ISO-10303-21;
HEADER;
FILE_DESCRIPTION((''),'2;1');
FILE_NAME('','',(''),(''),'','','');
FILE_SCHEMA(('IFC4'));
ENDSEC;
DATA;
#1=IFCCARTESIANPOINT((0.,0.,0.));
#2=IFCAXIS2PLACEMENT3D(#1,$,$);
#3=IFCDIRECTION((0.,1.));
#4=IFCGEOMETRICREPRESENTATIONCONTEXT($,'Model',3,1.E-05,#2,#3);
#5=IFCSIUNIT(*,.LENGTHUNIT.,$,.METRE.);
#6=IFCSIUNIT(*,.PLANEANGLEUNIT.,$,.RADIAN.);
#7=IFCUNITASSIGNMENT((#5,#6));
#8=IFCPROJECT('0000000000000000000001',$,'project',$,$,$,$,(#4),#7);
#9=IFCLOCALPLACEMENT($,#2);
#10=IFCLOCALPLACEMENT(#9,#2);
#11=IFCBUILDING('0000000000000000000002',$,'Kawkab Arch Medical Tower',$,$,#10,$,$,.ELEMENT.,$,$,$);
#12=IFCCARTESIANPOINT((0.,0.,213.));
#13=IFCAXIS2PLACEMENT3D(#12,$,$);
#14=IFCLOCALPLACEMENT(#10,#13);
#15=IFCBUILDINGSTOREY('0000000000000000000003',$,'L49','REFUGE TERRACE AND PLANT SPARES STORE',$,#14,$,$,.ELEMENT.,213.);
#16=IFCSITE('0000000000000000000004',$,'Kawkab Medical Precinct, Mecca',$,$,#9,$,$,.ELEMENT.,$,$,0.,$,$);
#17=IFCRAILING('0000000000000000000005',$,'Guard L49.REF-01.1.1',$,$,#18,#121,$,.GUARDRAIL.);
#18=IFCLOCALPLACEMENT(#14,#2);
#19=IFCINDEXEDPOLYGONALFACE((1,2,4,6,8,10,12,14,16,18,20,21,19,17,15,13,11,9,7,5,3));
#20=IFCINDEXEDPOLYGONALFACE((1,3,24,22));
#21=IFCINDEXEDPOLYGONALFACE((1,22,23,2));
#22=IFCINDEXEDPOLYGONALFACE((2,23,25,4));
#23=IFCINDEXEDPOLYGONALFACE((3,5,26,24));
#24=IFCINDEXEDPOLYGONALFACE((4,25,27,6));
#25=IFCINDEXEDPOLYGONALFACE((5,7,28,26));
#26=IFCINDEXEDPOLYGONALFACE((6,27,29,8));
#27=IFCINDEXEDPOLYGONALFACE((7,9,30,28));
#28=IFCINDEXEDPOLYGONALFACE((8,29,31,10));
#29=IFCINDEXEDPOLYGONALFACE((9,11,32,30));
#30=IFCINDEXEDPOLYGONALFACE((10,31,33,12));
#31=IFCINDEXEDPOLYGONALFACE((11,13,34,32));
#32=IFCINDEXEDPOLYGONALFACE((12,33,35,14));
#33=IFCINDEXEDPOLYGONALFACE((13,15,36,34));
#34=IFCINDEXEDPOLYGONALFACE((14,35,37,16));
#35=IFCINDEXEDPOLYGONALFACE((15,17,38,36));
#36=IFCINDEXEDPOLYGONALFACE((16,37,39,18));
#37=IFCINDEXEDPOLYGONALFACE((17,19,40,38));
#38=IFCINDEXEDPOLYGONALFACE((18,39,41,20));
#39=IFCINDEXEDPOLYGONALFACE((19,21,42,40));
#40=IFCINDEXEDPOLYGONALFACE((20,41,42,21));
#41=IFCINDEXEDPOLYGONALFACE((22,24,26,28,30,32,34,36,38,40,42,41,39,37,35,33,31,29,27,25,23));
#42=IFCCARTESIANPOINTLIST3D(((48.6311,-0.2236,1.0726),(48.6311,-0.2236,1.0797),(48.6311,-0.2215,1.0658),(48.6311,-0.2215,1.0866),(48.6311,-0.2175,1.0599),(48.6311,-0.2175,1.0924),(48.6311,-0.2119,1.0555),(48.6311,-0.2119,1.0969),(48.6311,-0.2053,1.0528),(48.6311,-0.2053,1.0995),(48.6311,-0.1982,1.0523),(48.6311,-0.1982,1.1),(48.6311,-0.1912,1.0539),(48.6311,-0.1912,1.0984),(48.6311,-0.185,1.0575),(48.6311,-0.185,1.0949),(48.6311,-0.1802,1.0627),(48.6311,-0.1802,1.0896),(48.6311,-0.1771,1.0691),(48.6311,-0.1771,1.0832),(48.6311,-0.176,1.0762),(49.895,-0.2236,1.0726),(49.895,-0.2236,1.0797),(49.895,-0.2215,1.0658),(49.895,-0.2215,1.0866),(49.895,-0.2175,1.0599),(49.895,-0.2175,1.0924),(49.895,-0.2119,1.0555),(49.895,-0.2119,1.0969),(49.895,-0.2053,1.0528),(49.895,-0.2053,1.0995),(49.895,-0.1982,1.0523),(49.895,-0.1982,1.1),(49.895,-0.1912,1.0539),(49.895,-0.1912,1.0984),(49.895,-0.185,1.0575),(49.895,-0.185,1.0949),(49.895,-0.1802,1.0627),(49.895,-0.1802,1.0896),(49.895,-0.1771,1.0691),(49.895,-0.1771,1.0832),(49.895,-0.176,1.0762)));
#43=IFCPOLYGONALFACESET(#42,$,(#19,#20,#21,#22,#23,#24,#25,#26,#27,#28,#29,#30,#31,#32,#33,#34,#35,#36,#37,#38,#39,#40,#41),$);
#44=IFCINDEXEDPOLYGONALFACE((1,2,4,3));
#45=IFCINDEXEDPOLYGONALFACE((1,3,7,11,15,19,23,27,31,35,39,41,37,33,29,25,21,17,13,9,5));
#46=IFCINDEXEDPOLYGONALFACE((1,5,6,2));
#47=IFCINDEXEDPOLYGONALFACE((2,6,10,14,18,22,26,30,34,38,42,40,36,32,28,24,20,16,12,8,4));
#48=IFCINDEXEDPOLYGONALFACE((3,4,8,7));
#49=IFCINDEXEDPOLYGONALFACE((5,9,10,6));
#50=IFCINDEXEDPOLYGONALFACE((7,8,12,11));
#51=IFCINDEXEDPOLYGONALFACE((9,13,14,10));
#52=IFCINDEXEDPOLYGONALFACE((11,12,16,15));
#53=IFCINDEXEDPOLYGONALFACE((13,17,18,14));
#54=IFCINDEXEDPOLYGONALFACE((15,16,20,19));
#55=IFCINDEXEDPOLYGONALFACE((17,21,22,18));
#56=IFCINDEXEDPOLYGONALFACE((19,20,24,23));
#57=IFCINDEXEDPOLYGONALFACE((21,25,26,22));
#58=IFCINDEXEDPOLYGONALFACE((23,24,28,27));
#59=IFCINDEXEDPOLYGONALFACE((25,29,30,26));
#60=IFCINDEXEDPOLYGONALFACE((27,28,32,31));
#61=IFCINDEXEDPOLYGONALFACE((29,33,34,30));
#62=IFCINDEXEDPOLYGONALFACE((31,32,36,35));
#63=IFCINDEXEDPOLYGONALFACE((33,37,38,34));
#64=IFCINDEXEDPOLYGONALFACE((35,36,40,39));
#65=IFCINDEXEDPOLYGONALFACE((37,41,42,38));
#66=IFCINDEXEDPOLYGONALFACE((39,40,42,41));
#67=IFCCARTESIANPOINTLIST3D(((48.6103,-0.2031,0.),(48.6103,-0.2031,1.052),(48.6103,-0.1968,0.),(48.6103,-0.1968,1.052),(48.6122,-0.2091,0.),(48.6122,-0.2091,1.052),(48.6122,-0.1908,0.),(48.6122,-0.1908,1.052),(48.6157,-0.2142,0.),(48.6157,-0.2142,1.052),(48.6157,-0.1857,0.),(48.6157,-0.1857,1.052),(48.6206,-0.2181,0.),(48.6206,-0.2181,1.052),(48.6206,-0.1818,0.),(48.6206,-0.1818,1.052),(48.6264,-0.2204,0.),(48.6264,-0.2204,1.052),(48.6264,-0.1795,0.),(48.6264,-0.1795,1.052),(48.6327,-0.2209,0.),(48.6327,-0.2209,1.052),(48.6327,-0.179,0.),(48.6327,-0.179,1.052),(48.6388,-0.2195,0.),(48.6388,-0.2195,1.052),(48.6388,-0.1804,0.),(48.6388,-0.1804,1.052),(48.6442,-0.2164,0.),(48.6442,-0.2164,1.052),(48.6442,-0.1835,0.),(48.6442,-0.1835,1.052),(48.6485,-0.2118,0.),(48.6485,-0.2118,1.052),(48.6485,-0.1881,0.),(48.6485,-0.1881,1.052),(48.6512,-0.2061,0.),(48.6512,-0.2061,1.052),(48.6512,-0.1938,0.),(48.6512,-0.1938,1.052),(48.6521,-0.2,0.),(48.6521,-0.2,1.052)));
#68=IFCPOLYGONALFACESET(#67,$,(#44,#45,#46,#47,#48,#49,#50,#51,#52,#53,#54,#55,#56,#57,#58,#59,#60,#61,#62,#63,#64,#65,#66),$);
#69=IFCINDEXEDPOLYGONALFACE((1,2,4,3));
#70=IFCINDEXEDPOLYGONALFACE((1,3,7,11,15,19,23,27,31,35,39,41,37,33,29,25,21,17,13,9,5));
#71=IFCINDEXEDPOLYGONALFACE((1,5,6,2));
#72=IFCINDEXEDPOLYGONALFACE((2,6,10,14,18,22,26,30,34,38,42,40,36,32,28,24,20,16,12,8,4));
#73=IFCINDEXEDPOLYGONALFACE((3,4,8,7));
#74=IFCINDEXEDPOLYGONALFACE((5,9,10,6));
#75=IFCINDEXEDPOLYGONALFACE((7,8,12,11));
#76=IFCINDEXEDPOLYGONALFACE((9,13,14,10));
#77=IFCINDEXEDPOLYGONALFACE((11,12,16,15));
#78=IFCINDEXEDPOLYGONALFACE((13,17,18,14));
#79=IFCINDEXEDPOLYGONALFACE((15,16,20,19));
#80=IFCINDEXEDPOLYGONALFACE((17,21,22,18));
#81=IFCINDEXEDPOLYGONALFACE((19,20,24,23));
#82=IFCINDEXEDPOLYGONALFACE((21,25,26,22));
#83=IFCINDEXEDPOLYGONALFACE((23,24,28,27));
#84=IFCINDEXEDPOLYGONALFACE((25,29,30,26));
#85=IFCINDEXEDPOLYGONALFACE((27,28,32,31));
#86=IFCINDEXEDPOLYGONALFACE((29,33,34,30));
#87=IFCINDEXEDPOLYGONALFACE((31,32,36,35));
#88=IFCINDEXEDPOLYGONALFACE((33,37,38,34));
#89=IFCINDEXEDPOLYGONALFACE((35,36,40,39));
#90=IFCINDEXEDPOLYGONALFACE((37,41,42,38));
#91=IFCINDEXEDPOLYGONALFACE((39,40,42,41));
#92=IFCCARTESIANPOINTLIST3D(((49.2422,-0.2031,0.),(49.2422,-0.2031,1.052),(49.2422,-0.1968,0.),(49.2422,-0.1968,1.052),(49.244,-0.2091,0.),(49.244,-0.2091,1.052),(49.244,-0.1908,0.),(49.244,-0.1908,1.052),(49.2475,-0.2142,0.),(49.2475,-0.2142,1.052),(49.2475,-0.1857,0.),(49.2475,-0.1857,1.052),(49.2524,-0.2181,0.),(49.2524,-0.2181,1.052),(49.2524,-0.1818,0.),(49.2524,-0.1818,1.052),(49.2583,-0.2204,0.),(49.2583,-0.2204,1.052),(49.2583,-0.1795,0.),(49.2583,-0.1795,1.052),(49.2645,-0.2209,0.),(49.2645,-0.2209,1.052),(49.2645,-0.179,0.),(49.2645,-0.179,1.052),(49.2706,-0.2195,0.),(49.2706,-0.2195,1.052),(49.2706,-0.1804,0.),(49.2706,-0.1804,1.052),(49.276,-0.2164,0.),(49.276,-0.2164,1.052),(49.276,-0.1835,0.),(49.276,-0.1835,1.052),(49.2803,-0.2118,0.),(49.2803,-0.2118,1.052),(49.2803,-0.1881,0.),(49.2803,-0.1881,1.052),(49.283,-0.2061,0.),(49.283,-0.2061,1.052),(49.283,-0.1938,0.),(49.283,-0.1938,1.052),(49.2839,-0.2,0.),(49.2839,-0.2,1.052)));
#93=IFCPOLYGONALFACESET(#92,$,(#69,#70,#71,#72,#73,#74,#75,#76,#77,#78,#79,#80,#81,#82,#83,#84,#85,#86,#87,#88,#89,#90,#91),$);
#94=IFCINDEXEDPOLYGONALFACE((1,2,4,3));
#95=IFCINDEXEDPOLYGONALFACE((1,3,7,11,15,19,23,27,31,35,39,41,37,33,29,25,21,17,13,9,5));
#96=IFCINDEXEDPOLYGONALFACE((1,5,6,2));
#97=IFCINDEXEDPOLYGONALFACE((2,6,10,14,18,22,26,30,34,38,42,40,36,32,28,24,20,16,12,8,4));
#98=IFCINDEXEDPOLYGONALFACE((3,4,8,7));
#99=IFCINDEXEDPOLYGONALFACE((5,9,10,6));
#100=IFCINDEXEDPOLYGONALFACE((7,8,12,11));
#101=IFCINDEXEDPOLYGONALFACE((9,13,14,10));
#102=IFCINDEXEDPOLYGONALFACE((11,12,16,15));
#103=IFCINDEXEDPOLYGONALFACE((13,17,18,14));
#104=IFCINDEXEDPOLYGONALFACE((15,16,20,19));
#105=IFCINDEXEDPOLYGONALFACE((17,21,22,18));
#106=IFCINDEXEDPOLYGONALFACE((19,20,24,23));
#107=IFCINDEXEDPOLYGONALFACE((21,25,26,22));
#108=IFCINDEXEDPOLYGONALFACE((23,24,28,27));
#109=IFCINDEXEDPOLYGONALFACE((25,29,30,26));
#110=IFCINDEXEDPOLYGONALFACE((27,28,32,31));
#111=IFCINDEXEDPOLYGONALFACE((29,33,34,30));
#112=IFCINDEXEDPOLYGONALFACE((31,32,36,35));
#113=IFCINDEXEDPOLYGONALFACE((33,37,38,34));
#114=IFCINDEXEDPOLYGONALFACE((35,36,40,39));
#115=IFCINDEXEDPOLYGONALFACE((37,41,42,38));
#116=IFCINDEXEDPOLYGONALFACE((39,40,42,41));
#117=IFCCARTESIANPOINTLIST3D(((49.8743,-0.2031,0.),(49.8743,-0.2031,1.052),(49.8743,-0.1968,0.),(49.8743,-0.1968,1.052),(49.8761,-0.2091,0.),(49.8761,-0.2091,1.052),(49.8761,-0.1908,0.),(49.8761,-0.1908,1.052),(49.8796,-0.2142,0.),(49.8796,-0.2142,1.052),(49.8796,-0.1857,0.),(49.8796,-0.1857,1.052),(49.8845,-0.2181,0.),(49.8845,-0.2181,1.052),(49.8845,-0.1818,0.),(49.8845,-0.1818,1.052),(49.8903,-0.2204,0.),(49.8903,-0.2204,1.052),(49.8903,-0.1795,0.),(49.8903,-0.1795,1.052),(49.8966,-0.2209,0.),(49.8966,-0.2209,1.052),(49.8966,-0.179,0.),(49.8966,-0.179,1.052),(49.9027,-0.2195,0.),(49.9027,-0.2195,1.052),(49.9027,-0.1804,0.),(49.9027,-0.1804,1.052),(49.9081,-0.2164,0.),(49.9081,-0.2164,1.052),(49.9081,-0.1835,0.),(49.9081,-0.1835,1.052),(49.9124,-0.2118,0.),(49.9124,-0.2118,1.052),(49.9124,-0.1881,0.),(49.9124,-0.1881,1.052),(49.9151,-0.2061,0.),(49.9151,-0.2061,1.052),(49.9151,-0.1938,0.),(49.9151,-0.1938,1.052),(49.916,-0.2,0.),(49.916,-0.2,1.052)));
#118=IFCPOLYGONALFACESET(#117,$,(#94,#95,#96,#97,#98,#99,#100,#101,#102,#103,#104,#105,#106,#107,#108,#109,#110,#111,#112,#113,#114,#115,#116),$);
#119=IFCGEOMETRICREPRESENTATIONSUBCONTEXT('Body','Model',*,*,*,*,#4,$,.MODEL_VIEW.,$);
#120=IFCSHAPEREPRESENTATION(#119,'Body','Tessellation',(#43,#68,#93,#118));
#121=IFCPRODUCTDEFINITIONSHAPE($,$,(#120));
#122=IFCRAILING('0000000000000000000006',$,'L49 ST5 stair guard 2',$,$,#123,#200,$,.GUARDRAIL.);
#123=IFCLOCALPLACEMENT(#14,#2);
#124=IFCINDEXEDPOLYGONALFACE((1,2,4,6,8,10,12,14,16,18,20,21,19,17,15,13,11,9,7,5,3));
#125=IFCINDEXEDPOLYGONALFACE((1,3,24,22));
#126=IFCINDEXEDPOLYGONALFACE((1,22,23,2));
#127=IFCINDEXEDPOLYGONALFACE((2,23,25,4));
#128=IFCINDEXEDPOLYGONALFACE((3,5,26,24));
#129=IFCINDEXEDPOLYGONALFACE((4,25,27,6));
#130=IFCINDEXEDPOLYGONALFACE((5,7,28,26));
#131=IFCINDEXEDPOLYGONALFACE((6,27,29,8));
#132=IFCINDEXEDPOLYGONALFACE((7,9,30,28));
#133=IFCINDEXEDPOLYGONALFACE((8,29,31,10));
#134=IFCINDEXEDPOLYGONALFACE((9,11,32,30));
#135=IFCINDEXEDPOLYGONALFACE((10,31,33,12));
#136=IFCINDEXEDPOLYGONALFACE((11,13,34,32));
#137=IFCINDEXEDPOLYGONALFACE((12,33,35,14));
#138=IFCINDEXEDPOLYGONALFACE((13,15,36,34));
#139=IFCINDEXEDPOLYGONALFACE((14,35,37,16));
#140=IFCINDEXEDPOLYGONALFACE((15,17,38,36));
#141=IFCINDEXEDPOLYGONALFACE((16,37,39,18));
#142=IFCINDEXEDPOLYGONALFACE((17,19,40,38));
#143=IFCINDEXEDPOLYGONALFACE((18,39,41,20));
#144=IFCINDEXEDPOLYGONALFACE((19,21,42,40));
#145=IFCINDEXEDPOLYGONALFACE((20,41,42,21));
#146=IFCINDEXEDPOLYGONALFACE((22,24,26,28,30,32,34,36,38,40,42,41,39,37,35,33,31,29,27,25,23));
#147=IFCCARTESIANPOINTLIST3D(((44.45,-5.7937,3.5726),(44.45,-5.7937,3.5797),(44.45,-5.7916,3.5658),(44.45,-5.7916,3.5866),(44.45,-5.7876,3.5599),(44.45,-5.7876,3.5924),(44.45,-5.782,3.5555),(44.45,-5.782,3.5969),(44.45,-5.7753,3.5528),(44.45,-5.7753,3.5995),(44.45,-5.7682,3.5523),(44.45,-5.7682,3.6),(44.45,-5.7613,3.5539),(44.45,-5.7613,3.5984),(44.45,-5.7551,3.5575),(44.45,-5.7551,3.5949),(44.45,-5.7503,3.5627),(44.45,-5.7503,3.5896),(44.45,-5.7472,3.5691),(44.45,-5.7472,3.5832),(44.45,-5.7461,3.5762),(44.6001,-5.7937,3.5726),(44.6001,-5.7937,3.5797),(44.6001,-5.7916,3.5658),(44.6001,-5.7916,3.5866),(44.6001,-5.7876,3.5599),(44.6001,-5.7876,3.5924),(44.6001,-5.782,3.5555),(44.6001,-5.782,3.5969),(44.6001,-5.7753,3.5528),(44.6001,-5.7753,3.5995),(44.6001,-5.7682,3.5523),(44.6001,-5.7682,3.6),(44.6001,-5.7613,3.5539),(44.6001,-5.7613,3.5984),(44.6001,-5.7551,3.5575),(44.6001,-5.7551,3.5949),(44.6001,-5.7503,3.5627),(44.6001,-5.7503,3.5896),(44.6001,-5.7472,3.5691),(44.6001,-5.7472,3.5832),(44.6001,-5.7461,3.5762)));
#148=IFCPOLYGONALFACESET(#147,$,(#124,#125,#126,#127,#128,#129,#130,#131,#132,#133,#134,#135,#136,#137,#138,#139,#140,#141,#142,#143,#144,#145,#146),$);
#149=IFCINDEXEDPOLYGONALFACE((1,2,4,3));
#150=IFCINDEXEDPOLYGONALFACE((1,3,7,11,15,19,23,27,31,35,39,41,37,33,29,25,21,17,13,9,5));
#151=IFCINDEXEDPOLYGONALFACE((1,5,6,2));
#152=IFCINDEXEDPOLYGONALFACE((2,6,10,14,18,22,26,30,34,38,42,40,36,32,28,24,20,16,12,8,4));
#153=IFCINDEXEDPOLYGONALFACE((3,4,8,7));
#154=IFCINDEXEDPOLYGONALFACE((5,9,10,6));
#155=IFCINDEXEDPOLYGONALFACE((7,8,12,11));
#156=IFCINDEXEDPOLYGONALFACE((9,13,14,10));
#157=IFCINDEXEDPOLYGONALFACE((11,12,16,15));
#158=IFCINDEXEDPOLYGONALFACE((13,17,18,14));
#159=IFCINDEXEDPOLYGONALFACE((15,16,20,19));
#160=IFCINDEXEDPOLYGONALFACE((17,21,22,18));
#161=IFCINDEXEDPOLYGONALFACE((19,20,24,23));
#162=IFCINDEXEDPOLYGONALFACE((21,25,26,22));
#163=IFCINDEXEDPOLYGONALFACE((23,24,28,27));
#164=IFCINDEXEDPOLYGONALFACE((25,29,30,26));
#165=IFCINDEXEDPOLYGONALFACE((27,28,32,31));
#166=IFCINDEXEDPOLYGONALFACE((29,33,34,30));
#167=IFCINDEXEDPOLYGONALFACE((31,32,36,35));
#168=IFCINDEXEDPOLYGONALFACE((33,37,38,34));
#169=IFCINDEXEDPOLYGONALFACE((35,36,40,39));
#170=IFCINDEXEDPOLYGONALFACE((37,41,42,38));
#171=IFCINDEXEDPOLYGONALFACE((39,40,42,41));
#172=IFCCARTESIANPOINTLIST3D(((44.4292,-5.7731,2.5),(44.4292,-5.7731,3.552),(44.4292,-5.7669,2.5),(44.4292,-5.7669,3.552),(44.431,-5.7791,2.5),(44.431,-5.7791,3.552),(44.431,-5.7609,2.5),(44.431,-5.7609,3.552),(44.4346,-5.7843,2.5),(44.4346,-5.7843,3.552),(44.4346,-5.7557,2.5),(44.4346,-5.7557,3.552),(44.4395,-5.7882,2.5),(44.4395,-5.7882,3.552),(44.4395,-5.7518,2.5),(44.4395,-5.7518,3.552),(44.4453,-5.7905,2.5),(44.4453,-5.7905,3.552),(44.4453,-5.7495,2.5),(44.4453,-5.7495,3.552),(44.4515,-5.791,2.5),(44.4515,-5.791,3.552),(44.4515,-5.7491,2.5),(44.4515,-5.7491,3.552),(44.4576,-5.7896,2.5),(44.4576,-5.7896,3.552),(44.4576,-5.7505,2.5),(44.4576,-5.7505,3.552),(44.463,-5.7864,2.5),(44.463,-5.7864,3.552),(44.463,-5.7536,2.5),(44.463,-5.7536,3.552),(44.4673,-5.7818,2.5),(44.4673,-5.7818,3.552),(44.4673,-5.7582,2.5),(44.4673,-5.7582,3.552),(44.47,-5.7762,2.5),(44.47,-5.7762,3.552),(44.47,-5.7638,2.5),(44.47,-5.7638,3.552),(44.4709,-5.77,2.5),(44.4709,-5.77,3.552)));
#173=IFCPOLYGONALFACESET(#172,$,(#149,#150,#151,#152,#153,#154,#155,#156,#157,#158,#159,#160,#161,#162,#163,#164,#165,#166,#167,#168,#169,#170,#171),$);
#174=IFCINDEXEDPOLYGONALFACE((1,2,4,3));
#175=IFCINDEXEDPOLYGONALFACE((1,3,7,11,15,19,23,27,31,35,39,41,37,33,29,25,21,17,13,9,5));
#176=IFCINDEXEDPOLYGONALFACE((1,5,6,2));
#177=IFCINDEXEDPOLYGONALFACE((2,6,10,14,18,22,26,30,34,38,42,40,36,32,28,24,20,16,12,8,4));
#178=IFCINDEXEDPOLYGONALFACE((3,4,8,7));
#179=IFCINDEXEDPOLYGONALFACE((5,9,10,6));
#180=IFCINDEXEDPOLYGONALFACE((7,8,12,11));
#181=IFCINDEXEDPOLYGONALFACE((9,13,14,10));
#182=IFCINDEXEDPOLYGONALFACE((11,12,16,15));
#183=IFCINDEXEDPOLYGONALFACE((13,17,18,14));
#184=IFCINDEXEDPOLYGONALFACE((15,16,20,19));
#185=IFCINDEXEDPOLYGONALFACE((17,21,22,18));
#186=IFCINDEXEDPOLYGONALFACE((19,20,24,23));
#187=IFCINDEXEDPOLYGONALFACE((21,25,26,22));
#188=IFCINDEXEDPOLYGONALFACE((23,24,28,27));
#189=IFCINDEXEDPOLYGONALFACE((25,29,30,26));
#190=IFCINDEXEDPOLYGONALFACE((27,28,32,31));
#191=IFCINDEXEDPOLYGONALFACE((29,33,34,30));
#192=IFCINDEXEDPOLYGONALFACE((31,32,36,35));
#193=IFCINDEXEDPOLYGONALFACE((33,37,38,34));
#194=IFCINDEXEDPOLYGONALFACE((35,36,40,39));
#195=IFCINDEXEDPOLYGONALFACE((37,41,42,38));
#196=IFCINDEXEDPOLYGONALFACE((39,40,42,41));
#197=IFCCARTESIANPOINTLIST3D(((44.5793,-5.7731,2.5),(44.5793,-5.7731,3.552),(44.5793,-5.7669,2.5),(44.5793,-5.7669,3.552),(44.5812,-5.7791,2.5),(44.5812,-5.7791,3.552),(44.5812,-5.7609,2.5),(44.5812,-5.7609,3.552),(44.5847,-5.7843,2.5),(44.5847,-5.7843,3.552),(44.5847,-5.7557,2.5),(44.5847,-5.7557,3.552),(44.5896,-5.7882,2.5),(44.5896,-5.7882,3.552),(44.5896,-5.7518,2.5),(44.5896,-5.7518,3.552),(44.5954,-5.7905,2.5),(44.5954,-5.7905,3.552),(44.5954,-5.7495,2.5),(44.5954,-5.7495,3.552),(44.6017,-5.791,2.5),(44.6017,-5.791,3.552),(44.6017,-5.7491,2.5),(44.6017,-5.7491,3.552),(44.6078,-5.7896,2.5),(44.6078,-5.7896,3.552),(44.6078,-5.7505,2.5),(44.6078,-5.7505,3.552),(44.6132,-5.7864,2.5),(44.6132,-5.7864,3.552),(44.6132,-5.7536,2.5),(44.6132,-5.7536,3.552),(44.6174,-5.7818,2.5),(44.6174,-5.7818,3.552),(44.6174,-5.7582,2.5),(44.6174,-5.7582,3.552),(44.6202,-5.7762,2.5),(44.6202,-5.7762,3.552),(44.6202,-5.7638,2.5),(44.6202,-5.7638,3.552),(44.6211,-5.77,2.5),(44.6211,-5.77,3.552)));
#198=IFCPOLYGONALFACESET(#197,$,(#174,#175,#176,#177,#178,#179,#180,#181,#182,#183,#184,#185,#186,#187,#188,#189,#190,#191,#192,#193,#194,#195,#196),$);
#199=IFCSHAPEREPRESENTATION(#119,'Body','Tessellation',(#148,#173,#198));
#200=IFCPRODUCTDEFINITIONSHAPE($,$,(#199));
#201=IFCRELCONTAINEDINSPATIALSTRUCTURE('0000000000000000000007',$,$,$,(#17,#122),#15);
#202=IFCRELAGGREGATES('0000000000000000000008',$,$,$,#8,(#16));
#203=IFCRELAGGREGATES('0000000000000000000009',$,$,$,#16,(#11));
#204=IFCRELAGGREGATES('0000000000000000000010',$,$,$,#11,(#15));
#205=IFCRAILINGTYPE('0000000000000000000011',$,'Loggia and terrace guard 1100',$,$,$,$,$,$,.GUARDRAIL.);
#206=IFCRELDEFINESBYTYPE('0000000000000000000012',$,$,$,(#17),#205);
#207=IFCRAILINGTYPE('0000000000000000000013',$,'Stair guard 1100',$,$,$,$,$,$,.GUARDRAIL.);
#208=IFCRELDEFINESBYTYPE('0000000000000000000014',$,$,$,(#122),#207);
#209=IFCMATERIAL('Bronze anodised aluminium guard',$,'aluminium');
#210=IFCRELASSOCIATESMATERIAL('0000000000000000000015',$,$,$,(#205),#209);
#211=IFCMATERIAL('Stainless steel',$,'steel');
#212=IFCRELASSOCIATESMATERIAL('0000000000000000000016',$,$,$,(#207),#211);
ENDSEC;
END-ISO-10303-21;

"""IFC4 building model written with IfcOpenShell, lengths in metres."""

from ifc_helpers import new_model, si_unit, direction, frame, origin, origin_2d, place, context, subcontext, project, spatial, circle, extrude, material, type_object, element, save


model = new_model("IFC4")

# Units and contexts
model_context = context("Model", 3, precision=1e-05, world=origin(), true_north=direction((0.0, 1.0)))
body_context = subcontext(model_context, "Body", "Model", "MODEL_VIEW")
ifc_project = project(units=[si_unit("LENGTHUNIT", "METRE"), si_unit("PLANEANGLEUNIT", "RADIAN")], contexts=[model_context])

# Site, building, storey
site_placement = place(None, origin())
site = spatial("IfcSite", under=ifc_project, at=site_placement, Name="Kawkab Medical Precinct, Mecca", CompositionType="ELEMENT", RefElevation=0.0)
building_placement = place(site_placement, origin())
building = spatial("IfcBuilding", under=site, at=building_placement, Name="Kawkab Arch Medical Tower", CompositionType="ELEMENT")
storey_placement = place(building_placement, frame((0.0, 0.0, 213.0)))
storey = spatial("IfcBuildingStorey", under=building, at=storey_placement, Name="L49", Description="REFUGE TERRACE AND PLANT SPARES STORE", CompositionType="ELEMENT", Elevation=213.0)

# Railings
ifc_material_1 = material(Name="Bronze anodised aluminium guard", Category="aluminium")
railing_type_1 = type_object("IfcRailingType", Name="Loggia and terrace guard 1100", PredefinedType="GUARDRAIL", material=ifc_material_1)
railing_1_placement = place(storey_placement, frame((48.6311, -0.2, 0.0)))
element("IfcRailing", 1, at=railing_1_placement, inside=storey, type_object=railing_type_1, Name="Guard L49.REF-01.1.1", PredefinedType="GUARDRAIL", context=body_context, shape_type="SweptSolid", body=[
    extrude(circle(Radius=0.0239, at=origin_2d()), frame((0.0, 0.0, 1.0762), z_axis=(1.0, 0.0, 0.0), x_axis=(0.0, 1.0, 0.0)), (0.0, 0.0, 1.0), 1.2639),
    extrude(circle(Radius=0.021, at=origin_2d()), origin(), (0.0, 0.0, 1.0), 1.052),
    extrude(circle(Radius=0.021, at=origin_2d()), frame((0.6318, 0.0, 0.0)), (0.0, 0.0, 1.0), 1.052),
    extrude(circle(Radius=0.021, at=origin_2d()), frame((1.2639, 0.0, 0.0)), (0.0, 0.0, 1.0), 1.052),
])
ifc_material_2 = material(Name="Stainless steel", Category="steel")
railing_type_2 = type_object("IfcRailingType", Name="Stair guard 1100", PredefinedType="GUARDRAIL", material=ifc_material_2)
railing_2_placement = place(storey_placement, frame((44.45, -5.77, 2.5)))
element("IfcRailing", 2, at=railing_2_placement, inside=storey, type_object=railing_type_2, Name="L49 ST5 stair guard 2", PredefinedType="GUARDRAIL", context=body_context, shape_type="SweptSolid", body=[
    extrude(circle(Radius=0.0239, at=origin_2d()), frame((0.0, 0.0, 1.0762), z_axis=(1.0, 0.0, 0.0), x_axis=(0.0, 1.0, 0.0)), (0.0, 0.0, 1.0), 0.1501),
    extrude(circle(Radius=0.021, at=origin_2d()), origin(), (0.0, 0.0, 1.0), 1.052),
    extrude(circle(Radius=0.021, at=origin_2d()), frame((0.1501, 0.0, 0.0)), (0.0, 0.0, 1.0), 1.052),
])

save(model, "model.ifc")
